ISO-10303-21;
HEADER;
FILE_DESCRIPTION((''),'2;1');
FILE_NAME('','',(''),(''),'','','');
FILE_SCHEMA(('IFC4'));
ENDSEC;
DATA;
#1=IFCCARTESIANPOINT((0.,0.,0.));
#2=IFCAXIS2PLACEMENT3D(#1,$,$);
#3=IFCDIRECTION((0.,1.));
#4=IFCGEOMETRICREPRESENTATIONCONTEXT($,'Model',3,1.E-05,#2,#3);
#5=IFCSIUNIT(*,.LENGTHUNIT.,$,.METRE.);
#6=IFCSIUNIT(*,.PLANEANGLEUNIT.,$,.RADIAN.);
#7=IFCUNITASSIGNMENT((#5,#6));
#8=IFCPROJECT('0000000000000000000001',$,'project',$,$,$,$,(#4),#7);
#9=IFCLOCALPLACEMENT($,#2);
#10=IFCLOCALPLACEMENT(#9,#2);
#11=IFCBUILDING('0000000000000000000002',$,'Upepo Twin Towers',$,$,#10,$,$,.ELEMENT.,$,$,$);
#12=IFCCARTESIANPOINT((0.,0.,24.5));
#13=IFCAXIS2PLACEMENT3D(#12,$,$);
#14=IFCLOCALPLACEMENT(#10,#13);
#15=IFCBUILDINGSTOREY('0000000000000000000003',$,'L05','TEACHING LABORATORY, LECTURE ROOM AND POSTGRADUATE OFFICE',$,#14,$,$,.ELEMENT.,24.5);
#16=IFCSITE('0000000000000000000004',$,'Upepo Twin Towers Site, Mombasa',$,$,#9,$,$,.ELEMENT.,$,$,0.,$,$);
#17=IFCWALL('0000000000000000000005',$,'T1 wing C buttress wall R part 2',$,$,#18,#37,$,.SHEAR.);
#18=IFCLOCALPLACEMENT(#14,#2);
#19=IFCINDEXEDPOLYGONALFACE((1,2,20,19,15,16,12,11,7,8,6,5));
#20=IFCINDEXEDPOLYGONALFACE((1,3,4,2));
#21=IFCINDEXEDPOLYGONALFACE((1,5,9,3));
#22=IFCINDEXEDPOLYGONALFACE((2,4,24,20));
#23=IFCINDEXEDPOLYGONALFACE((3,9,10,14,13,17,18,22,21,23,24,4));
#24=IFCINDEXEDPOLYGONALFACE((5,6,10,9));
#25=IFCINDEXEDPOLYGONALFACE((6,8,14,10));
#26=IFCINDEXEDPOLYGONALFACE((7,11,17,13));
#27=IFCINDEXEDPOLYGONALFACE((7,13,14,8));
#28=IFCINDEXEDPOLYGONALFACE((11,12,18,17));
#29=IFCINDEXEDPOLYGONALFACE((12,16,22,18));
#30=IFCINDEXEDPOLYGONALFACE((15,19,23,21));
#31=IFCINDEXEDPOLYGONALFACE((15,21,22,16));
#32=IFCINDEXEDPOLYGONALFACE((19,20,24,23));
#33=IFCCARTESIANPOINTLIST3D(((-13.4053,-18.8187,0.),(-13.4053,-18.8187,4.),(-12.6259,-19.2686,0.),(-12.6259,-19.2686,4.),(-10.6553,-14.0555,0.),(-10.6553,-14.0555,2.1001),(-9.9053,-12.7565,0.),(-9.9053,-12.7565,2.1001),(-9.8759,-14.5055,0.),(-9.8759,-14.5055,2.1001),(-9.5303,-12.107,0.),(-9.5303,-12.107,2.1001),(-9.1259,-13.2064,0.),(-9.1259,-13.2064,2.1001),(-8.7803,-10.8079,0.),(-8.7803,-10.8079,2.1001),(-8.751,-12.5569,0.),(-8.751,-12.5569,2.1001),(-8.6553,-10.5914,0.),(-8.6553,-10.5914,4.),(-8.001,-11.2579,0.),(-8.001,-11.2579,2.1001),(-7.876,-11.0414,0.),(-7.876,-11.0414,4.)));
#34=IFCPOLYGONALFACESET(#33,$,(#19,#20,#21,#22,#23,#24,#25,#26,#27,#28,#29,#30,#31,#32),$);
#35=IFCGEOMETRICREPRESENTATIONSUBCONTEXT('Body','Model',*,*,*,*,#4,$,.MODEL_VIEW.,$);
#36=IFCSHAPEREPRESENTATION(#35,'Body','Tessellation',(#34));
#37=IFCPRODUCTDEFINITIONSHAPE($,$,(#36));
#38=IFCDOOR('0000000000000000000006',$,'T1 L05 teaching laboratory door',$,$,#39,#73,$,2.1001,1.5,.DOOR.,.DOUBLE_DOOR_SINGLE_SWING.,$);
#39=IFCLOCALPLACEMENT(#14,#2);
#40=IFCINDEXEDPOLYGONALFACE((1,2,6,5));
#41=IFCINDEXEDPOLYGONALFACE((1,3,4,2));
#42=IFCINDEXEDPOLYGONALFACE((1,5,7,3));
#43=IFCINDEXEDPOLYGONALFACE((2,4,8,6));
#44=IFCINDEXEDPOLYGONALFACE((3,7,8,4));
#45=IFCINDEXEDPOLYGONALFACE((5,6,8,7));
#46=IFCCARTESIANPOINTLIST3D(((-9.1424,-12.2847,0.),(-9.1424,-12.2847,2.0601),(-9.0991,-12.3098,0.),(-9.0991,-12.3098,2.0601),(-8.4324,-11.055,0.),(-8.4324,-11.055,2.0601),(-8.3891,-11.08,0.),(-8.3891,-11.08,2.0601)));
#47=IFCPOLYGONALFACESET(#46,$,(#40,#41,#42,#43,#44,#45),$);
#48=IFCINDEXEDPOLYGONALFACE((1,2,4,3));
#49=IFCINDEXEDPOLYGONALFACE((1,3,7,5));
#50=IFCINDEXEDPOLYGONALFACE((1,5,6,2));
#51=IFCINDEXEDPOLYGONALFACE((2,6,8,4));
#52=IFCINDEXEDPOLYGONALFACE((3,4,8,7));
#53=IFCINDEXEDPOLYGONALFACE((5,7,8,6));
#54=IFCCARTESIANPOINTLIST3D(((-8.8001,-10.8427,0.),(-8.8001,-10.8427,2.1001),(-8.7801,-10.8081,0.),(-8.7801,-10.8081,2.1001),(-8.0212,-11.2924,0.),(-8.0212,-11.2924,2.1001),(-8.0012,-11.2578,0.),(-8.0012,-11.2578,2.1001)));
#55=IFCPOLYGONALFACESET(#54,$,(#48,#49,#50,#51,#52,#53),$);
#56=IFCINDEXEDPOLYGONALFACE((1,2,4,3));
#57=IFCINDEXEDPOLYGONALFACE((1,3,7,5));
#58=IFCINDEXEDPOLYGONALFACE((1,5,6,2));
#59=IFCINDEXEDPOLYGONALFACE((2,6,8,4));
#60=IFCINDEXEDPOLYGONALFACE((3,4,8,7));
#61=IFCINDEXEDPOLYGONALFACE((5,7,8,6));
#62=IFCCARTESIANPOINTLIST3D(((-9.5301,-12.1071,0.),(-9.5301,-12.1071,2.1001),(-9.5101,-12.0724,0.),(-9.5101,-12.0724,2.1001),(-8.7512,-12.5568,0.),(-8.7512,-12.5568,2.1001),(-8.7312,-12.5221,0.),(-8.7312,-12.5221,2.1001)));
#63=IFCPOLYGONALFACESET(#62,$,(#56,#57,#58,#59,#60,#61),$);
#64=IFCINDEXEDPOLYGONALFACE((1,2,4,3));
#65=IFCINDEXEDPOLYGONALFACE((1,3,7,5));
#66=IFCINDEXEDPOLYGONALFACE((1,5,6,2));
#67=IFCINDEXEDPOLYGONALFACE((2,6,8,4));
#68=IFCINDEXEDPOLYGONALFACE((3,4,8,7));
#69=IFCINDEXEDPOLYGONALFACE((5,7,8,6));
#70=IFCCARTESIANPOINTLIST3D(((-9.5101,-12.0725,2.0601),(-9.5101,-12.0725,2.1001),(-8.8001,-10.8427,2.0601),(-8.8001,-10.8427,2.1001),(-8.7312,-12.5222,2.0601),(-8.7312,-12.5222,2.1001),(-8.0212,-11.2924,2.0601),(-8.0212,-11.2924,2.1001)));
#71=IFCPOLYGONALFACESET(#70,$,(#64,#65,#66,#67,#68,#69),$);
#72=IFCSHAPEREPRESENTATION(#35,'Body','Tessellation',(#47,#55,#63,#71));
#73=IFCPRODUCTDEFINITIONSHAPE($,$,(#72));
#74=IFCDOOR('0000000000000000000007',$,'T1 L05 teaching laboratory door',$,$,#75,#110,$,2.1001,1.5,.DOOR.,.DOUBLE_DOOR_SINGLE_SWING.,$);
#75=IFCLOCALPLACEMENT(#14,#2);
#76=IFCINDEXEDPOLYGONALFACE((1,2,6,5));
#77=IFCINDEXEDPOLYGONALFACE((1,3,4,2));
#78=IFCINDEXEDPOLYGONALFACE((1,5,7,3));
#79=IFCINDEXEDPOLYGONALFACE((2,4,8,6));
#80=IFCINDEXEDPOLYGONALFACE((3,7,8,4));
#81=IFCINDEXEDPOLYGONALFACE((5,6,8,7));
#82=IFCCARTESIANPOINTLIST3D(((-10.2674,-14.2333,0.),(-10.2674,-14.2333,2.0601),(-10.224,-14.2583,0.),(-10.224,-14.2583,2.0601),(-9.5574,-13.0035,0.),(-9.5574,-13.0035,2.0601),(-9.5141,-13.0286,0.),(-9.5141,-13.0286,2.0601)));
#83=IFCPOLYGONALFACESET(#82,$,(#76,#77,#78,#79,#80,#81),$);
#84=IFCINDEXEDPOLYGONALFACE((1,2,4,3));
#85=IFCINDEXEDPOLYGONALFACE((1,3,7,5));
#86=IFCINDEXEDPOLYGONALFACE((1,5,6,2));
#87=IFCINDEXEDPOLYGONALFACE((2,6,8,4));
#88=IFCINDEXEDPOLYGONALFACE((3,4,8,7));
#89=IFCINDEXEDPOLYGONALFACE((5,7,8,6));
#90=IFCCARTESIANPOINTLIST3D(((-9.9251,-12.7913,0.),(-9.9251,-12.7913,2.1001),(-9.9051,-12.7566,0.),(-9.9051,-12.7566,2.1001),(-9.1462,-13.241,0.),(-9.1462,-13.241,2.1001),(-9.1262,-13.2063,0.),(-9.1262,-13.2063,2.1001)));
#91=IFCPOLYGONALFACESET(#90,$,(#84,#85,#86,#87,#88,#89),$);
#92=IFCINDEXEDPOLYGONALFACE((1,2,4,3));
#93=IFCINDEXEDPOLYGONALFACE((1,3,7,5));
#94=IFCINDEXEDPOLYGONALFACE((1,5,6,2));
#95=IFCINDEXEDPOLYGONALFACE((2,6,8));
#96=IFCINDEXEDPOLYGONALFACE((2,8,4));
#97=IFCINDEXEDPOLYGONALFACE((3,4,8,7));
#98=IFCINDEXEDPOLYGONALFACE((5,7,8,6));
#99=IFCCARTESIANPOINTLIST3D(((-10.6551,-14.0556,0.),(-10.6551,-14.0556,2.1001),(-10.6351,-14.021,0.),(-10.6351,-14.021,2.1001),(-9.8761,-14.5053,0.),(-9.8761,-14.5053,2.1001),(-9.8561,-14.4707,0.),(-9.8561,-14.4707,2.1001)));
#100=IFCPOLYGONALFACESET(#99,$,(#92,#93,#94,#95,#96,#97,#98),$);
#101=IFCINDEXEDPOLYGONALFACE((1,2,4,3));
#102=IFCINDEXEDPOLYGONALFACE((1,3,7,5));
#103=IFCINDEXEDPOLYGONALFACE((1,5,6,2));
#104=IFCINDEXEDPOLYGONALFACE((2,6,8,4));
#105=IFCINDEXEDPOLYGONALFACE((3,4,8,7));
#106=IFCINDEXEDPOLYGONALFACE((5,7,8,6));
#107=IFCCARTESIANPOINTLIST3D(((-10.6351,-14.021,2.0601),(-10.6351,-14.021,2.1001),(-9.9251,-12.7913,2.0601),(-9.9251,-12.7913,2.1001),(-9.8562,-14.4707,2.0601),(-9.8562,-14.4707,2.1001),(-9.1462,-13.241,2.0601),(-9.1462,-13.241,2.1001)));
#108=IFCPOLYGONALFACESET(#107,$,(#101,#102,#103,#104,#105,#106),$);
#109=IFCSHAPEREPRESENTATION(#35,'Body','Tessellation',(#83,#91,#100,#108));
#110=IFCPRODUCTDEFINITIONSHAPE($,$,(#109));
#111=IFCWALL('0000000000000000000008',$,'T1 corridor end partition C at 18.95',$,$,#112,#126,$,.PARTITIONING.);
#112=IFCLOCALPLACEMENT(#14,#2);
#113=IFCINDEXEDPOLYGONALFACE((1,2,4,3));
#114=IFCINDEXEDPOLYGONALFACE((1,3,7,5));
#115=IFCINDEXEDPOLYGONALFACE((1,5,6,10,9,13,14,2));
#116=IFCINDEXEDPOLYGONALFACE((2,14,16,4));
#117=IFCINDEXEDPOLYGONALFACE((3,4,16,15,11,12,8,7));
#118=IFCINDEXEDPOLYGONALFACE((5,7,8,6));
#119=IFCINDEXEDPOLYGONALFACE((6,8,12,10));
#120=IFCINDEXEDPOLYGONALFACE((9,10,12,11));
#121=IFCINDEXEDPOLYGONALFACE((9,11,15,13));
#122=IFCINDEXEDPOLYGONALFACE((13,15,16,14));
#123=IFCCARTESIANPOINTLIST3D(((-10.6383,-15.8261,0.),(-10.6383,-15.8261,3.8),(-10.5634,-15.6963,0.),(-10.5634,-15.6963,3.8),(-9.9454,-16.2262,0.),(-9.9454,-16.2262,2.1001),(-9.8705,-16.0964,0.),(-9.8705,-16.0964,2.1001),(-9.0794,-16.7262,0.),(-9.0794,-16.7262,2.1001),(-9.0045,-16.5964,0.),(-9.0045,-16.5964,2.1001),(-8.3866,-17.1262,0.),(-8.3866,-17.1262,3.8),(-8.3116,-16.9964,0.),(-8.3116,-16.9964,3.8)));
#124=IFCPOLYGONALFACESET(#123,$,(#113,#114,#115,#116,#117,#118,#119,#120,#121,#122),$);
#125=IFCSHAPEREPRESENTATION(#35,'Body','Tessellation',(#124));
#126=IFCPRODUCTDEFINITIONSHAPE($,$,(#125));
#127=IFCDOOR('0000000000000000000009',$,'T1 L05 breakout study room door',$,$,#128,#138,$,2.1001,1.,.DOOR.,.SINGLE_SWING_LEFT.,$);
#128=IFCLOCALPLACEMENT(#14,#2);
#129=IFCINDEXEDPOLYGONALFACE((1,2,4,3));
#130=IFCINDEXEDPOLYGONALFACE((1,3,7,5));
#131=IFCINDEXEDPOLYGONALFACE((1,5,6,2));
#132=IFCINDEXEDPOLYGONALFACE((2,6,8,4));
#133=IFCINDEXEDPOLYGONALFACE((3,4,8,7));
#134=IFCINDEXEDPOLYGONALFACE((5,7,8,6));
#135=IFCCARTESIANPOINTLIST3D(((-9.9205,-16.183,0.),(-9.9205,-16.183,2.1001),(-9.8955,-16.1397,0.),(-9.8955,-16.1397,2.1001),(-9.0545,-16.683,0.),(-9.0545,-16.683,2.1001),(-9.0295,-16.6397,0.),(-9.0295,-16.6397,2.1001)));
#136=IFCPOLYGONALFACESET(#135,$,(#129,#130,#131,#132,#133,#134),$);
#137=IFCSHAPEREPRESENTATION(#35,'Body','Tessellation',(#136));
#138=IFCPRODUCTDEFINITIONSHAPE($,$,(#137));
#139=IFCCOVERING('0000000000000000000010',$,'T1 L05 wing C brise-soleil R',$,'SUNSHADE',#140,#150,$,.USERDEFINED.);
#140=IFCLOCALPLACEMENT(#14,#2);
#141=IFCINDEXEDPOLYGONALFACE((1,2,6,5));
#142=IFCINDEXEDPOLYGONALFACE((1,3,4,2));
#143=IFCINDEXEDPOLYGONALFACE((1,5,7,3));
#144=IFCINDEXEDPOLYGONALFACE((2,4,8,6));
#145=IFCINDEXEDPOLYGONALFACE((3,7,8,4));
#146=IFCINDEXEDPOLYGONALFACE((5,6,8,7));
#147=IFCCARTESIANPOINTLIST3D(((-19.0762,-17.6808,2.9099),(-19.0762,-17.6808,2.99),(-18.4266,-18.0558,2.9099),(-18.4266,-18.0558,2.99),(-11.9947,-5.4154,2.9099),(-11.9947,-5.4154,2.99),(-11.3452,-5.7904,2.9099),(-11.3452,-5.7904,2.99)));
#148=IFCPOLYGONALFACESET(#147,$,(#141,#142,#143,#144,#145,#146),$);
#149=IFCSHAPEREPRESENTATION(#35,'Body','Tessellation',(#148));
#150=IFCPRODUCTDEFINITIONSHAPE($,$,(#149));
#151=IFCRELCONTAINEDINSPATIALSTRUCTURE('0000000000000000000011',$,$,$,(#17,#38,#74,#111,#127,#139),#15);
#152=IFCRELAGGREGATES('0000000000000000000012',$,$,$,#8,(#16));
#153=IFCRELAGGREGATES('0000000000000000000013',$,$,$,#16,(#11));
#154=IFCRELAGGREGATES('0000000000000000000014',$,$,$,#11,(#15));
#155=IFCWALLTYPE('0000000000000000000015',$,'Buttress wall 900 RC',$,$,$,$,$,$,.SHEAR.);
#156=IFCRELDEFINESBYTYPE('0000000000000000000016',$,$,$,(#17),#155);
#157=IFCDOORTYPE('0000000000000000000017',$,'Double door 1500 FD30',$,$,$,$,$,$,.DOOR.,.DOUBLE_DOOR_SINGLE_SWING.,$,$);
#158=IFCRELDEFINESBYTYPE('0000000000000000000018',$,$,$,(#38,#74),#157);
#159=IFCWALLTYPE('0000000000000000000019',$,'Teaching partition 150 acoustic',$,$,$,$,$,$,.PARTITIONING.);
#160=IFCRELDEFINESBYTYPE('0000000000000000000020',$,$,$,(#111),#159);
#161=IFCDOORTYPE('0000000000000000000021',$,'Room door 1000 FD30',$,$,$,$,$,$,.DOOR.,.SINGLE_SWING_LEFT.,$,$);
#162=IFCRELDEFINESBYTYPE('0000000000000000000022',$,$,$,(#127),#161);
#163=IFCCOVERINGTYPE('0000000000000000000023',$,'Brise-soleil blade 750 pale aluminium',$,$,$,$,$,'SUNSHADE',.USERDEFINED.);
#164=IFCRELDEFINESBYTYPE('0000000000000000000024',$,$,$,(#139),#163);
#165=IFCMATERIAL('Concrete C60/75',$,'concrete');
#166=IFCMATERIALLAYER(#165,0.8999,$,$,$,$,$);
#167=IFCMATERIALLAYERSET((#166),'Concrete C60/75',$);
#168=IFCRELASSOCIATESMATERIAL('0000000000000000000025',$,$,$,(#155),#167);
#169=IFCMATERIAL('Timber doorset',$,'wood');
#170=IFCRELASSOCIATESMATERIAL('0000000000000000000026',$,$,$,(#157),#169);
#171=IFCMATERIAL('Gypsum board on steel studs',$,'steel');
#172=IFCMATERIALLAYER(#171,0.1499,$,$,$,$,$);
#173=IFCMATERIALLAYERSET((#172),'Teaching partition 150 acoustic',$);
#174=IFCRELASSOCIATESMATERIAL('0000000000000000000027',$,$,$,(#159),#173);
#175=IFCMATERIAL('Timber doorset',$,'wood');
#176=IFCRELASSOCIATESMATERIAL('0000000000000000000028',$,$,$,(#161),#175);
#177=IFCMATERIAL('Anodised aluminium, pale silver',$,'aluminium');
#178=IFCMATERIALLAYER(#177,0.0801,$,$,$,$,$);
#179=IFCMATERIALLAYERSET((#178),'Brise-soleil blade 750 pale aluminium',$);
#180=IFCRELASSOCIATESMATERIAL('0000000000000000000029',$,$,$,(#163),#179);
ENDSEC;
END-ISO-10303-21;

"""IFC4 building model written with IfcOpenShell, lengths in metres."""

from ifc_helpers import new_model, si_unit, direction, frame, frame_2d, origin, origin_2d, place, context, subcontext, project, spatial, rectangle, extrude, material, layer, layer_set, type_object, element, fill, save


model = new_model("IFC4")

# Units and contexts
model_context = context("Model", 3, precision=1e-05, world=origin(), true_north=direction((0.0, 1.0)))
body_context = subcontext(model_context, "Body", "Model", "MODEL_VIEW")
ifc_project = project(units=[si_unit("LENGTHUNIT", "METRE"), si_unit("PLANEANGLEUNIT", "RADIAN")], contexts=[model_context])

# Site, building, storey
site_placement = place(None, origin())
site = spatial("IfcSite", under=ifc_project, at=site_placement, Name="Upepo Twin Towers Site, Mombasa", CompositionType="ELEMENT", RefElevation=0.0)
building_placement = place(site_placement, origin())
building = spatial("IfcBuilding", under=site, at=building_placement, Name="Upepo Twin Towers", CompositionType="ELEMENT")
storey_placement = place(building_placement, frame((0.0, 0.0, 24.5)))
storey = spatial("IfcBuildingStorey", under=building, at=storey_placement, Name="L05", Description="TEACHING LABORATORY, LECTURE ROOM AND POSTGRADUATE OFFICE", CompositionType="ELEMENT", Elevation=24.5)

# Wall, openings, doors
ifc_material_1 = material(Name="Concrete C60/75", Category="concrete")
ifc_layer_1 = layer(ifc_material_1, 0.8999)
ifc_layer_set_1 = layer_set([ifc_layer_1], Name="Concrete C60/75")
wall_type_1 = type_object("IfcWallType", Name="Buttress wall 900 RC", PredefinedType="SHEAR", material=ifc_layer_set_1)
ifc_material_2 = material(Name="Timber doorset", Category="wood")
door_type_1 = type_object("IfcDoorType", Name="Double door 1500 FD30", OperationType="DOUBLE_DOOR_SINGLE_SWING", PredefinedType="DOOR", material=ifc_material_2)
wall_1_placement = place(storey_placement, frame((-8.2656, -10.8164, 0.0), z_axis=(0.0, 0.0, 1.0), x_axis=(-0.499998, -0.866027, 0.0)))
wall_1 = element("IfcWall", 1, at=wall_1_placement, inside=storey, type_object=wall_type_1, Name="T1 wing C buttress wall R part 2", PredefinedType="SHEAR", context=body_context, shape_type="SweptSolid", body=[
    extrude(rectangle(XDim=9.5, YDim=0.8999, at=frame_2d((4.75, 0.0))), origin(), (0.0, 0.0, 1.0), 4.0),
])
opening_1_placement = place(wall_1_placement, frame((0.25, 0.0, 0.0)))
opening_1 = element("IfcOpeningElement", 2, at=opening_1_placement, cuts=wall_1, PredefinedType="OPENING", context=body_context, shape_type="SweptSolid", body=[
    extrude(rectangle(XDim=1.5, YDim=2.1001, at=frame_2d((0.75, 1.05))), frame((0.0, 0.46, 0.0), z_axis=(0.0, -1.0, 0.0), x_axis=(1.0, 0.0, 0.0)), (0.0, 0.0, 1.0), 0.9199),
])
opening_2_placement = place(wall_1_placement, frame((2.5, 0.0, 0.0)))
opening_2 = element("IfcOpeningElement", 3, at=opening_2_placement, cuts=wall_1, PredefinedType="OPENING", context=body_context, shape_type="SweptSolid", body=[
    extrude(rectangle(XDim=1.5, YDim=2.1001, at=frame_2d((0.75, 1.05))), frame((0.0, 0.46, 0.0), z_axis=(0.0, -1.0, 0.0), x_axis=(1.0, 0.0, 0.0)), (0.0, 0.0, 1.0), 0.9199),
])
door_1_placement = place(opening_1_placement, origin())
door_1 = element("IfcDoor", 4, at=door_1_placement, inside=storey, type_object=door_type_1, Name="T1 L05 teaching laboratory door", OperationType="DOUBLE_DOOR_SINGLE_SWING", OverallHeight=2.1001, OverallWidth=1.5, PredefinedType="DOOR", context=body_context, shape_type="SweptSolid", body=[
    extrude(rectangle(XDim=1.42, YDim=2.0601, at=frame_2d((0.75, 1.03))), frame((0.0, 0.0249, 0.0), z_axis=(0.0, -1.0, 0.0), x_axis=(1.0, 0.0, 0.0)), (0.0, 0.0, 1.0), 0.05),
    extrude(rectangle(XDim=0.04, YDim=2.1001, at=frame_2d((0.02, 1.05))), frame((0.0, 0.4497, 0.0), z_axis=(0.0, -1.0, 0.0), x_axis=(1.0, 0.0, 0.0)), (0.0, 0.0, 1.0), 0.8994),
    extrude(rectangle(XDim=0.04, YDim=2.1001, at=frame_2d((1.48, 1.05))), frame((0.0, 0.4497, 0.0), z_axis=(0.0, -1.0, 0.0), x_axis=(1.0, 0.0, 0.0)), (0.0, 0.0, 1.0), 0.8994),
    extrude(rectangle(XDim=1.42, YDim=0.04, at=frame_2d((0.75, 2.0801))), frame((0.0, 0.4497, 0.0), z_axis=(0.0, -1.0, 0.0), x_axis=(1.0, 0.0, 0.0)), (0.0, 0.0, 1.0), 0.8994),
])
fill(opening_1, door_1)
door_2_placement = place(opening_2_placement, origin())
door_2 = element("IfcDoor", 5, at=door_2_placement, inside=storey, type_object=door_type_1, Name="T1 L05 teaching laboratory door", OperationType="DOUBLE_DOOR_SINGLE_SWING", OverallHeight=2.1001, OverallWidth=1.5, PredefinedType="DOOR", context=body_context, shape_type="SweptSolid", body=[
    extrude(rectangle(XDim=1.42, YDim=2.0601, at=frame_2d((0.75, 1.03))), frame((0.0, 0.0249, 0.0), z_axis=(0.0, -1.0, 0.0), x_axis=(1.0, 0.0, 0.0)), (0.0, 0.0, 1.0), 0.05),
    extrude(rectangle(XDim=0.04, YDim=2.1001, at=frame_2d((0.02, 1.05))), frame((0.0, 0.4497, 0.0), z_axis=(0.0, -1.0, 0.0), x_axis=(1.0, 0.0, 0.0)), (0.0, 0.0, 1.0), 0.8994),
    extrude(rectangle(XDim=0.04, YDim=2.1001, at=frame_2d((1.48, 1.05))), frame((0.0, 0.4497, 0.0), z_axis=(0.0, -1.0, 0.0), x_axis=(1.0, 0.0, 0.0)), (0.0, 0.0, 1.0), 0.8994),
    extrude(rectangle(XDim=1.42, YDim=0.04, at=frame_2d((0.75, 2.0801))), frame((0.0, 0.4497, 0.0), z_axis=(0.0, -1.0, 0.0), x_axis=(1.0, 0.0, 0.0)), (0.0, 0.0, 1.0), 0.8994),
])
fill(opening_2, door_2)

# Wall, opening, door
ifc_material_3 = material(Name="Gypsum board on steel studs", Category="steel")
ifc_layer_2 = layer(ifc_material_3, 0.1499)
ifc_layer_set_2 = layer_set([ifc_layer_2], Name="Teaching partition 150 acoustic")
wall_type_2 = type_object("IfcWallType", Name="Teaching partition 150 acoustic", PredefinedType="PARTITIONING", material=ifc_layer_set_2)
wall_2_placement = place(storey_placement, frame((-10.6008, -15.7612, 0.0), z_axis=(0.0, 0.0, 1.0), x_axis=(0.866021, -0.500007, 0.0)))
wall_2 = element("IfcWall", 6, at=wall_2_placement, inside=storey, type_object=wall_type_2, Name="T1 corridor end partition C at 18.95", PredefinedType="PARTITIONING", context=body_context, shape_type="SweptSolid", body=[
    extrude(rectangle(XDim=2.6001, YDim=0.1499, at=frame_2d((1.3, 0.0))), origin(), (0.0, 0.0, 1.0), 3.8),
])
opening_3_placement = place(wall_2_placement, frame((0.8, 0.0, 0.0)))
opening_3 = element("IfcOpeningElement", 7, at=opening_3_placement, cuts=wall_2, PredefinedType="OPENING", context=body_context, shape_type="SweptSolid", body=[
    extrude(rectangle(XDim=1.0, YDim=2.1001, at=frame_2d((0.5, 1.05))), frame((0.0, 0.085, 0.0), z_axis=(0.0, -1.0, 0.0), x_axis=(1.0, 0.0, 0.0)), (0.0, 0.0, 1.0), 0.1699),
])
ifc_material_4 = material(Name="Timber doorset", Category="wood")
door_type_2 = type_object("IfcDoorType", Name="Room door 1000 FD30", OperationType="SINGLE_SWING_LEFT", PredefinedType="DOOR", material=ifc_material_4)
door_3_placement = place(opening_3_placement, origin())
door_3 = element("IfcDoor", 8, at=door_3_placement, inside=storey, type_object=door_type_2, Name="T1 L05 breakout study room door", OperationType="SINGLE_SWING_LEFT", OverallHeight=2.1001, OverallWidth=1.0, PredefinedType="DOOR", context=body_context, shape_type="SweptSolid", body=[
    extrude(rectangle(XDim=1.0, YDim=2.1001, at=frame_2d((0.5, 1.05))), frame((0.0, 0.0249, 0.0), z_axis=(0.0, -1.0, 0.0), x_axis=(1.0, 0.0, 0.0)), (0.0, 0.0, 1.0), 0.05),
])
fill(opening_3, door_3)

# Covering
ifc_material_5 = material(Name="Anodised aluminium, pale silver", Category="aluminium")
ifc_layer_3 = layer(ifc_material_5, 0.0801)
ifc_layer_set_3 = layer_set([ifc_layer_3], Name="Brise-soleil blade 750 pale aluminium")
covering_type = type_object("IfcCoveringType", Name="Brise-soleil blade 750 pale aluminium", ElementType="SUNSHADE", PredefinedType="USERDEFINED", material=ifc_layer_set_3)
covering_placement = place(storey_placement, frame((-15.2107, -11.7356, 2.9099), z_axis=(0.0, 0.0, 1.0), x_axis=(-0.5, -0.866025, 0.0)))
element("IfcCovering", 9, at=covering_placement, inside=storey, type_object=covering_type, Name="T1 L05 wing C brise-soleil R", ObjectType="SUNSHADE", PredefinedType="USERDEFINED", context=body_context, shape_type="SweptSolid", body=[
    extrude(rectangle(XDim=14.1628, YDim=0.75, at=origin_2d()), origin(), (0.0, 0.0, 1.0), 0.0801),
])

save(model, "model.ifc")
